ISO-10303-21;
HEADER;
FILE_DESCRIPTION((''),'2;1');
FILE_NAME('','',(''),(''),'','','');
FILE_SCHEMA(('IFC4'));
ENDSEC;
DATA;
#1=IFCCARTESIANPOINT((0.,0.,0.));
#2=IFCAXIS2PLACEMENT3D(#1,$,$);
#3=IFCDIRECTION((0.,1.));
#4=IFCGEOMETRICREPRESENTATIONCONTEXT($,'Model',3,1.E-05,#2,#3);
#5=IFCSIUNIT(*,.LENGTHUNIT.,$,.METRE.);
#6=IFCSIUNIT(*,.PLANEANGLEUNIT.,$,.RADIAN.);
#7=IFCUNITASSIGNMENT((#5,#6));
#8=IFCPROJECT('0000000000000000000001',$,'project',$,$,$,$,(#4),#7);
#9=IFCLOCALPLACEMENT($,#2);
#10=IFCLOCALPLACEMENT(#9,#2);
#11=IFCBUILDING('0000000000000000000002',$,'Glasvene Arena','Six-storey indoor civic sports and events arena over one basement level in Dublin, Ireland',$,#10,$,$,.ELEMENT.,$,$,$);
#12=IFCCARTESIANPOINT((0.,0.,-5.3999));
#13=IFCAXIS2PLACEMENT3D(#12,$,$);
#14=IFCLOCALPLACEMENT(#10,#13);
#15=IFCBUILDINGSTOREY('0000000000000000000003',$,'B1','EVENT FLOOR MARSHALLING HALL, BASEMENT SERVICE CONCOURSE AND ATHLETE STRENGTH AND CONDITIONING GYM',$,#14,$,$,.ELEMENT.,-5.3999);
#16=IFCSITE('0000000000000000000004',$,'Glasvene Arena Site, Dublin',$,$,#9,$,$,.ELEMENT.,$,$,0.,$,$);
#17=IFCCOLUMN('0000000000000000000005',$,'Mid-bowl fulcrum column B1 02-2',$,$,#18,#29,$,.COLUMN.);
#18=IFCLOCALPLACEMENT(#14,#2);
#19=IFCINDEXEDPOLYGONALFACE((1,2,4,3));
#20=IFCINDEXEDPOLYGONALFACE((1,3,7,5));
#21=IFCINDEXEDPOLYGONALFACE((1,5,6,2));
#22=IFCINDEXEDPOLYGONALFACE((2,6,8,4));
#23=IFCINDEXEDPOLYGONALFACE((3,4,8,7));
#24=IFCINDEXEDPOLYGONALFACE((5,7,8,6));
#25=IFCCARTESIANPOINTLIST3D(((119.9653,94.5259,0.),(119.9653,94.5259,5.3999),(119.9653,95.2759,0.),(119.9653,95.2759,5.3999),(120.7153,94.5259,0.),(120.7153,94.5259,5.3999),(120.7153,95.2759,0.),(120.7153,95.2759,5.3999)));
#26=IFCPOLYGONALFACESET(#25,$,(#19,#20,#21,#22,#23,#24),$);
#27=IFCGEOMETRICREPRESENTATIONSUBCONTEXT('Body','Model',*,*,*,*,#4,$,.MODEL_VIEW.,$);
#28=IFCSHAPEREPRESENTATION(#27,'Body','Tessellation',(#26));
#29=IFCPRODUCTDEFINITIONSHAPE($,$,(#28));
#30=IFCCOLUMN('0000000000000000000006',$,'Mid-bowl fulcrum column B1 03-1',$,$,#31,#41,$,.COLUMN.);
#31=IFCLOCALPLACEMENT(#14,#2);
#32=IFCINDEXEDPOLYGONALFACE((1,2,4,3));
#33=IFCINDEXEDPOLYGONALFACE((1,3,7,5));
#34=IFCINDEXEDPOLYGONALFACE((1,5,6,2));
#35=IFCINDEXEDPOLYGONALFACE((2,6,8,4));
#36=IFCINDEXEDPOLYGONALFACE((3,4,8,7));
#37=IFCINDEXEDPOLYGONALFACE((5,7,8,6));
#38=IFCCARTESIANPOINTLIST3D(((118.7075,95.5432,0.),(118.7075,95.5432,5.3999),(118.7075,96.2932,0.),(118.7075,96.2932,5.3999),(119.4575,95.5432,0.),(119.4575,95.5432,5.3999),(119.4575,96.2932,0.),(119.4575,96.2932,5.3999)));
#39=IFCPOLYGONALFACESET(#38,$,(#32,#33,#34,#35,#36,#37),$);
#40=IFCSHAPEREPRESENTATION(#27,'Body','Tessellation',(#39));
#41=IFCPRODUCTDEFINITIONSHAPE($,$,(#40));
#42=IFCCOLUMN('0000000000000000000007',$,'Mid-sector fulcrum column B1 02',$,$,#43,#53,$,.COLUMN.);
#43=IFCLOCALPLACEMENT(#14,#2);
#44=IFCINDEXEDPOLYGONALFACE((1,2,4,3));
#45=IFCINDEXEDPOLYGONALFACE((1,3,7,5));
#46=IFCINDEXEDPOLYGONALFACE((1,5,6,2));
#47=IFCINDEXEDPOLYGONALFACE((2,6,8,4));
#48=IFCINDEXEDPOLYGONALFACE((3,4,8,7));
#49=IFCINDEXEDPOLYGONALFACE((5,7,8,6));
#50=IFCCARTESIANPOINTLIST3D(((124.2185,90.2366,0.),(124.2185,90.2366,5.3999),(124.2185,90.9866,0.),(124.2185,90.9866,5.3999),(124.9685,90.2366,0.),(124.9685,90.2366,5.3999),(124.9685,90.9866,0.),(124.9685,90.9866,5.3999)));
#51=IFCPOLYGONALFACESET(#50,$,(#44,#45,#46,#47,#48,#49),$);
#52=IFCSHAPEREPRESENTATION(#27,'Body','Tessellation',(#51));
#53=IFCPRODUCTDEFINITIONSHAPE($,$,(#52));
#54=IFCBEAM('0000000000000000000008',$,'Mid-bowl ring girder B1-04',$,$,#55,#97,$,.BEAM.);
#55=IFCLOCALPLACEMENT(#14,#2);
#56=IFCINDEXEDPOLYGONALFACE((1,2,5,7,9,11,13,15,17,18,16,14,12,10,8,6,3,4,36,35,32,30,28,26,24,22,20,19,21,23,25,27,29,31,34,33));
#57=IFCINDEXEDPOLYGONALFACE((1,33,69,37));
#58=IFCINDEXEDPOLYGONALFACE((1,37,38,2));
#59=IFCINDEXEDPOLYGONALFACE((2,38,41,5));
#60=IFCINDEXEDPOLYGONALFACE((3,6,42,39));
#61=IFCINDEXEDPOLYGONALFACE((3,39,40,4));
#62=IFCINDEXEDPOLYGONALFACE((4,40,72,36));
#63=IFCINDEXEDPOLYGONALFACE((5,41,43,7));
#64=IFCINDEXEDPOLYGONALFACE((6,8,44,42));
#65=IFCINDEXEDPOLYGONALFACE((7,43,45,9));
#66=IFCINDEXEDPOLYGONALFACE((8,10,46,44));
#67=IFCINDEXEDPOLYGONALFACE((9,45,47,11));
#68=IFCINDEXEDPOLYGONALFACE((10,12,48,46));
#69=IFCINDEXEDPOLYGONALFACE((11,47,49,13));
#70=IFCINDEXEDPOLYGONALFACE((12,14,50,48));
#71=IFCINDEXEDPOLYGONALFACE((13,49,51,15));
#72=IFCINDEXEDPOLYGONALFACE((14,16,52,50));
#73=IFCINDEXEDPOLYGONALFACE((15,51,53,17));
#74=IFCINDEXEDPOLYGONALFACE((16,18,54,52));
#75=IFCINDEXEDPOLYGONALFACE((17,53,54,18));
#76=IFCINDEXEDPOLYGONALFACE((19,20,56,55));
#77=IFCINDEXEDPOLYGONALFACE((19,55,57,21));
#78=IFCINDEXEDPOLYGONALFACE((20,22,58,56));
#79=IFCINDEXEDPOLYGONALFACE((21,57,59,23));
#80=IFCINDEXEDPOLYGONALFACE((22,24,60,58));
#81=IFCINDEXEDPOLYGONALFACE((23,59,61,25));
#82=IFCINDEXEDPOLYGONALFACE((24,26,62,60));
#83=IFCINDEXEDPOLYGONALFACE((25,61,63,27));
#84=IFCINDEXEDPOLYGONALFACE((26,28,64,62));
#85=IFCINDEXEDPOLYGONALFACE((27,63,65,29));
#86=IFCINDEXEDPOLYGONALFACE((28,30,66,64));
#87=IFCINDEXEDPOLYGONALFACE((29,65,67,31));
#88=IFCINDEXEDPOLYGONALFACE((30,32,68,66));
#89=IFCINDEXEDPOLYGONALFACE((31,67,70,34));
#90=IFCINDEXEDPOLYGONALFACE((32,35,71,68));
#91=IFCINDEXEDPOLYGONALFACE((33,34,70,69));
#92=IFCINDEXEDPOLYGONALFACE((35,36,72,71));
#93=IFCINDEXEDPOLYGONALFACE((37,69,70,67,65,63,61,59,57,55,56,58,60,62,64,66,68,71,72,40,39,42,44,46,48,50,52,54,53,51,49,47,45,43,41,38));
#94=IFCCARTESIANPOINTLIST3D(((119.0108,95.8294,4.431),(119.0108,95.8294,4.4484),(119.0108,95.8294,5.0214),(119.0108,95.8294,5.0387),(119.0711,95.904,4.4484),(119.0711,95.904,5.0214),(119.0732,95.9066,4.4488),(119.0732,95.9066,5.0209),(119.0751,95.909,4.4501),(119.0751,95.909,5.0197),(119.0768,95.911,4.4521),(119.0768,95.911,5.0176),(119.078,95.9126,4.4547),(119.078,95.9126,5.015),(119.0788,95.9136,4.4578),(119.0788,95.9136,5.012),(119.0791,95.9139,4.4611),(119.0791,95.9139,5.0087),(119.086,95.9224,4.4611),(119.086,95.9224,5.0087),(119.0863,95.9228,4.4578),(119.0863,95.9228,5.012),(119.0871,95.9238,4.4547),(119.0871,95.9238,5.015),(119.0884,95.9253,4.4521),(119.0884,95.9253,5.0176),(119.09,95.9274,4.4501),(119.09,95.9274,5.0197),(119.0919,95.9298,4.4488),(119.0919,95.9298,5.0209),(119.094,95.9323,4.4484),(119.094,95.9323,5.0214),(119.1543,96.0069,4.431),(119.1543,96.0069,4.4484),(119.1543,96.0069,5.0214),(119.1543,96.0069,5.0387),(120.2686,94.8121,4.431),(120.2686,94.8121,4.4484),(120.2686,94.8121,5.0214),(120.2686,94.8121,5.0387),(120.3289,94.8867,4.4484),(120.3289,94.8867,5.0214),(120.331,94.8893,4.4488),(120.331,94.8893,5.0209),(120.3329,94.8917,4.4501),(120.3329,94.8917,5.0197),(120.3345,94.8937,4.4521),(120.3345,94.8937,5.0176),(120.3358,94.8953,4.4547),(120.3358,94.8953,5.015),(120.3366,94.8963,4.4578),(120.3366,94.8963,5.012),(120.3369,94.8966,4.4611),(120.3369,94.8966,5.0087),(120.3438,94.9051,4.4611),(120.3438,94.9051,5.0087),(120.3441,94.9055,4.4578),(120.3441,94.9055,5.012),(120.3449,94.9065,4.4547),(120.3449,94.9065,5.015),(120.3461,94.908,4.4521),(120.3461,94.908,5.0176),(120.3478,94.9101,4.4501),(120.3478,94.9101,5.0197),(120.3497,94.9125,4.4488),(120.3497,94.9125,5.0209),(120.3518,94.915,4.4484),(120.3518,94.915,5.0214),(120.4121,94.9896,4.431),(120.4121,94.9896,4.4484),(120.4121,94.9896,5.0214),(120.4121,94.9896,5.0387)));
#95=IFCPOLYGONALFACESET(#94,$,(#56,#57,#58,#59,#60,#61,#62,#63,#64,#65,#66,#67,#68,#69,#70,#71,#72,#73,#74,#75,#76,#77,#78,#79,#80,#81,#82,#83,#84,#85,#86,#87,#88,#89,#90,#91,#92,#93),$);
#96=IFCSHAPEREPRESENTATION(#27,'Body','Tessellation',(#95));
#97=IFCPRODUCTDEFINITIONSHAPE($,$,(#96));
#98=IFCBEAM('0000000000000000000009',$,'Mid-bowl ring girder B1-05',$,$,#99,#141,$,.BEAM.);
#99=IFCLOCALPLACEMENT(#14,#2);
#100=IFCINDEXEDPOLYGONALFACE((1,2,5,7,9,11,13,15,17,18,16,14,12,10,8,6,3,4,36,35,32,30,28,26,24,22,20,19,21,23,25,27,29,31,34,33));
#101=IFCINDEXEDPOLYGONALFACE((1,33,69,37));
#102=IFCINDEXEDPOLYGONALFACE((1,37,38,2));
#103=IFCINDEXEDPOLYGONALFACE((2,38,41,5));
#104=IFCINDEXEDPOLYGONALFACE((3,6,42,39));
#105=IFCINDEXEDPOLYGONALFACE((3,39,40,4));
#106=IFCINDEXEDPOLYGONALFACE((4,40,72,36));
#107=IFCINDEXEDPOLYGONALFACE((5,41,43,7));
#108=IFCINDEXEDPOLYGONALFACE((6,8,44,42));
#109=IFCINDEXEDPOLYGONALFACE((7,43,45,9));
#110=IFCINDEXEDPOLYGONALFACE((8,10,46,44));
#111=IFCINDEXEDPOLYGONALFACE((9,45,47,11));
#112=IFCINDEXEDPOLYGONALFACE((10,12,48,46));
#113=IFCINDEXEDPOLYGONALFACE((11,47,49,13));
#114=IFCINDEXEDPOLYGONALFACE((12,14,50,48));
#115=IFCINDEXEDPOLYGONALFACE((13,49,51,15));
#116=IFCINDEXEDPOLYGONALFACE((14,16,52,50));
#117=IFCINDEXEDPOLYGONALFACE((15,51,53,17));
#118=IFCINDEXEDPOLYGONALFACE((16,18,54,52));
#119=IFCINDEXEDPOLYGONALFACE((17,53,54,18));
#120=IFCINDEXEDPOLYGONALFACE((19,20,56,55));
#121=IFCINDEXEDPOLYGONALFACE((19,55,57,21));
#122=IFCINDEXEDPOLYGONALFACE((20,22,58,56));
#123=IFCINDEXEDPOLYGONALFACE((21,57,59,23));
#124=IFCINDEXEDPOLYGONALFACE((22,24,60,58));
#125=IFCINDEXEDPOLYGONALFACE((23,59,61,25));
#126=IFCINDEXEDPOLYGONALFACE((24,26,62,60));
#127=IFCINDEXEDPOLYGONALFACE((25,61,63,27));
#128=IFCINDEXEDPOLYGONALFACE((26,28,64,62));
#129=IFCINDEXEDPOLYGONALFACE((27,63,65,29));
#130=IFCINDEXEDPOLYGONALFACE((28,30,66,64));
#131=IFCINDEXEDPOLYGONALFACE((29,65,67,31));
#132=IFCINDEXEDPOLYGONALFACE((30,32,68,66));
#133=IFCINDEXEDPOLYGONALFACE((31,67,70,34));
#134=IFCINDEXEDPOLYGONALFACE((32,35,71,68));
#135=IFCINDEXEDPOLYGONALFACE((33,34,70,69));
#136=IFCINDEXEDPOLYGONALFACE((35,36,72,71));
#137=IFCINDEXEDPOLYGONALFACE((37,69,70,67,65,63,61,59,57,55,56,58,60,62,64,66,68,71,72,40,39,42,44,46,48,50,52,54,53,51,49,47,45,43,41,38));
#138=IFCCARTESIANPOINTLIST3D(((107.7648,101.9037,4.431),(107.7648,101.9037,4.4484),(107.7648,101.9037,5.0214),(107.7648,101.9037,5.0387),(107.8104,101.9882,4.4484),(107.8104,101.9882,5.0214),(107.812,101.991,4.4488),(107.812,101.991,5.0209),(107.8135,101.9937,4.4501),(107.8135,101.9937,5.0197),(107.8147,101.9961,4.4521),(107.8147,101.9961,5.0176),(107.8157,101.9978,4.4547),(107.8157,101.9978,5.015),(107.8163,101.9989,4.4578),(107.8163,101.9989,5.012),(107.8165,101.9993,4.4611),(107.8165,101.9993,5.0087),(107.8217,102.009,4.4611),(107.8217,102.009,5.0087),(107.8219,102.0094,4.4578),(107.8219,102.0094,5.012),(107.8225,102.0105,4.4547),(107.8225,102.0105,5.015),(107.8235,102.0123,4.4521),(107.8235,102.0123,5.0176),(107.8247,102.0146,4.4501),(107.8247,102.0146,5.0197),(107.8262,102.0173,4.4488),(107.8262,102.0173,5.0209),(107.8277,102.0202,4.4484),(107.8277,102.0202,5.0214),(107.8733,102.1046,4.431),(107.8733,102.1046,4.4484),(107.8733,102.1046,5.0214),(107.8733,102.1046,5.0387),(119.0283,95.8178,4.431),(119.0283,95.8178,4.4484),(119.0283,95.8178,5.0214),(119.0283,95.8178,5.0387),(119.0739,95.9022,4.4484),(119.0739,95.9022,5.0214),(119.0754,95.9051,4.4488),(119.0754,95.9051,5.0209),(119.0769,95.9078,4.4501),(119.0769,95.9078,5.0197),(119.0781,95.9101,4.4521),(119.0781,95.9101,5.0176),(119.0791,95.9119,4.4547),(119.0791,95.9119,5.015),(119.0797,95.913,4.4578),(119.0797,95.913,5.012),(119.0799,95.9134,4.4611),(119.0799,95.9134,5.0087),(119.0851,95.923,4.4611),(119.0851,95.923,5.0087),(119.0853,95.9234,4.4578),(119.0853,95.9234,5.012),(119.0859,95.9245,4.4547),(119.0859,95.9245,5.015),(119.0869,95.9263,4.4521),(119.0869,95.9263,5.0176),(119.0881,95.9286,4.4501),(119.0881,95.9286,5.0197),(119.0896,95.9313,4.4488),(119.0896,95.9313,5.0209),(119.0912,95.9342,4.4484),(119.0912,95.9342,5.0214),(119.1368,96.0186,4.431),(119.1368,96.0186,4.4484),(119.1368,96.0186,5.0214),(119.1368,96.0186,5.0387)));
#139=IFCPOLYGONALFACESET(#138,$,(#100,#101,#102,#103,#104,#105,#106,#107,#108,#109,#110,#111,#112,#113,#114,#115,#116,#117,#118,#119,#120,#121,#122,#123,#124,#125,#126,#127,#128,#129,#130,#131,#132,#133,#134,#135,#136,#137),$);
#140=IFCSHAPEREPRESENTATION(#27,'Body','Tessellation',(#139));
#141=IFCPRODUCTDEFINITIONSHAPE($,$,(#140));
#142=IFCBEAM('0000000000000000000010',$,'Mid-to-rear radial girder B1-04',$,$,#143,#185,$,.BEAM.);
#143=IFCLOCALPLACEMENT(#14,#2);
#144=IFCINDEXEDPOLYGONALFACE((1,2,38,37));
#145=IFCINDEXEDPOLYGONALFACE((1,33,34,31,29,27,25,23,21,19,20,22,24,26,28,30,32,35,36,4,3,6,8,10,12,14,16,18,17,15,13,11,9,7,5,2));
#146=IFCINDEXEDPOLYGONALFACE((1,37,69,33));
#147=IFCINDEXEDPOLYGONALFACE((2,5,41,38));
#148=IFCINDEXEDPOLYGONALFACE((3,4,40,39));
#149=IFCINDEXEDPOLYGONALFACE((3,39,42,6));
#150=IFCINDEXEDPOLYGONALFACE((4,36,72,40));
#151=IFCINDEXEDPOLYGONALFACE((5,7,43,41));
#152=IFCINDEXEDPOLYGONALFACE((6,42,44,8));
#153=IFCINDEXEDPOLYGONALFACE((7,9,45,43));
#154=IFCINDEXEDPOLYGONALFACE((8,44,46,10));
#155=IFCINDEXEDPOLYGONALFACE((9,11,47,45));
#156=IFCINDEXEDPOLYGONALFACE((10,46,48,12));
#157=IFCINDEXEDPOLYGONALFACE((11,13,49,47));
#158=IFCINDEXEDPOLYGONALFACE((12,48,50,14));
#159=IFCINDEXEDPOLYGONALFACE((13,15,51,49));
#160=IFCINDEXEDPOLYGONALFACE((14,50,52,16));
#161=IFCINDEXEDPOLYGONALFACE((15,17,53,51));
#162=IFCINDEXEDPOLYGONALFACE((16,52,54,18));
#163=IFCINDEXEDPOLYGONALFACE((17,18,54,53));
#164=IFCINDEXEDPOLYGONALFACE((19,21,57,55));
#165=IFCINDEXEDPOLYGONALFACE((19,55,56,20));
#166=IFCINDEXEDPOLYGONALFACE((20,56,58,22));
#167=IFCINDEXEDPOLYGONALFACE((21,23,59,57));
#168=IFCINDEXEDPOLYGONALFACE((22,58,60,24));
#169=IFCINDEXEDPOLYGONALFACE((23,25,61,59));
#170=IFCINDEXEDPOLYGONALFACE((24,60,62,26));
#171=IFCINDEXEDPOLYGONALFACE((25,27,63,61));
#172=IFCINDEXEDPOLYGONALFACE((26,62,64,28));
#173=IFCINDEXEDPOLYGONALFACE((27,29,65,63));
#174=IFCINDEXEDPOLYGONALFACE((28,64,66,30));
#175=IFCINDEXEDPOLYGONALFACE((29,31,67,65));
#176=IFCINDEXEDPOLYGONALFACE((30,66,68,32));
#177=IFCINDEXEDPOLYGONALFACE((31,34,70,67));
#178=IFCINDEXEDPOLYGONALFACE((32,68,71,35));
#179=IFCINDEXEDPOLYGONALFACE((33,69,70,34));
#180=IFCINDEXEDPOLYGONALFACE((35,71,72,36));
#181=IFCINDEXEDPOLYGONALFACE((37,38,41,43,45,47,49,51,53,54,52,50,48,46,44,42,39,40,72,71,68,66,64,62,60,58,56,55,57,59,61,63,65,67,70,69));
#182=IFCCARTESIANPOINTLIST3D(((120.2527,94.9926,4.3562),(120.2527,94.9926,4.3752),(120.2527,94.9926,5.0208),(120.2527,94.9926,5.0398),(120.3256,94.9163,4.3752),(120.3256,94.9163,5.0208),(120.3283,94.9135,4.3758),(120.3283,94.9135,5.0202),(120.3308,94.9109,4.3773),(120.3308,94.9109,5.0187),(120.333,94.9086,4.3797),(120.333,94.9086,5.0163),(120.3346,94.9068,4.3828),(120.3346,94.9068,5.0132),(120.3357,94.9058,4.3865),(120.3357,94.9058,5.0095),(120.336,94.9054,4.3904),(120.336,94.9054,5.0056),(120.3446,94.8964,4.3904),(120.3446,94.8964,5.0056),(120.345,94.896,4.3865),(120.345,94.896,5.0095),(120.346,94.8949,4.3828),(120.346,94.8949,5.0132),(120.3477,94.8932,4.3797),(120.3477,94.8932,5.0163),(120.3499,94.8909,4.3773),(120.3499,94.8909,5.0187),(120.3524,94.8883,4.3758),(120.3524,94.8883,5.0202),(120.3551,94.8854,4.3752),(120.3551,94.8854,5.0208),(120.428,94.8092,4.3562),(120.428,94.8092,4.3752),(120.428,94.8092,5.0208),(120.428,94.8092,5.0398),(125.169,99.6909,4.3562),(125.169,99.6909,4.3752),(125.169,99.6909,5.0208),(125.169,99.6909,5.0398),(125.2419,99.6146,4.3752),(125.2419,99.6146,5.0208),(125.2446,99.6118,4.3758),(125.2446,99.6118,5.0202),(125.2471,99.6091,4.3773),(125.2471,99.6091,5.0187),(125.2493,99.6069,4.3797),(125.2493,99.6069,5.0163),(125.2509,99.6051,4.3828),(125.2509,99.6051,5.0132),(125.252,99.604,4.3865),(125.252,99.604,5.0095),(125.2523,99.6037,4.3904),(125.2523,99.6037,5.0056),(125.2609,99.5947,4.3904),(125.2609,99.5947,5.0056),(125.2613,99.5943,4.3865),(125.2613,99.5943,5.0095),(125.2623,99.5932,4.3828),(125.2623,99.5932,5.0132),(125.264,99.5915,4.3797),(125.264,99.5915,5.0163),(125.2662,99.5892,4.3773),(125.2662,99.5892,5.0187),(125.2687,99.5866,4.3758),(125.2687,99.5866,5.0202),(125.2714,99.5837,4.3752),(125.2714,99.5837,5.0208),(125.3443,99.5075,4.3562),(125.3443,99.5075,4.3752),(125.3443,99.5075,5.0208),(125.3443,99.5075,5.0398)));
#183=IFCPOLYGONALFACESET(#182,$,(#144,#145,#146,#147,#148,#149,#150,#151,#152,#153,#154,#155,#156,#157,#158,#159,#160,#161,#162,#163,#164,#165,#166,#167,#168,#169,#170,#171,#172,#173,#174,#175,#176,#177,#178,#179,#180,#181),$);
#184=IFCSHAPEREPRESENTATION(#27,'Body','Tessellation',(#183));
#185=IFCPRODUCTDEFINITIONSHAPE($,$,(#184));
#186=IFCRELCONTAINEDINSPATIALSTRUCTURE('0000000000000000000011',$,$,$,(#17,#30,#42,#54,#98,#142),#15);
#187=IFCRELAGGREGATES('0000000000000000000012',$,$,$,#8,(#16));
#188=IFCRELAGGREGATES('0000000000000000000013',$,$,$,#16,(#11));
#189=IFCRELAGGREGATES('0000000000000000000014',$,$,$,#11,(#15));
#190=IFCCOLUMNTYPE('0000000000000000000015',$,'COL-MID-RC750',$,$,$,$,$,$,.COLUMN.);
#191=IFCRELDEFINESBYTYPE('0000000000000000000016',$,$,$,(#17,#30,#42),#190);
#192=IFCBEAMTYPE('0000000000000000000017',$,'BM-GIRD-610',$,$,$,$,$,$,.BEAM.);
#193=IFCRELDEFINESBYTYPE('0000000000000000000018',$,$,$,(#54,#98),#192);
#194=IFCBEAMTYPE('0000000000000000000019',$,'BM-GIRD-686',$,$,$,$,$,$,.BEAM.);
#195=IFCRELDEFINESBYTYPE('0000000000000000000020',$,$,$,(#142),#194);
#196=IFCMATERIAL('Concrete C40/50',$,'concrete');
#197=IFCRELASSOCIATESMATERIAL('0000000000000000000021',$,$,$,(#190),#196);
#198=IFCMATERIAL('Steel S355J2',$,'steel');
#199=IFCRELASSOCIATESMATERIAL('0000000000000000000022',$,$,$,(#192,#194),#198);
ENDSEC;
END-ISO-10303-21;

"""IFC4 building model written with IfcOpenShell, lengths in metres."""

from ifc_helpers import new_model, si_unit, direction, frame, origin, origin_2d, place, context, subcontext, project, spatial, rectangle, i_section, extrude, material, material_profile, profile_set, type_object, element, save


model = new_model("IFC4")

# Units and contexts
model_context = context("Model", 3, precision=1e-05, world=origin(), true_north=direction((0.0, 1.0)))
body_context = subcontext(model_context, "Body", "Model", "MODEL_VIEW")
ifc_project = project(units=[si_unit("LENGTHUNIT", "METRE"), si_unit("PLANEANGLEUNIT", "RADIAN")], contexts=[model_context])

# Site, building, storey
site_placement = place(None, origin())
site = spatial("IfcSite", under=ifc_project, at=site_placement, Name="Glasvene Arena Site, Dublin", CompositionType="ELEMENT", RefElevation=0.0)
building_placement = place(site_placement, origin())
building = spatial("IfcBuilding", under=site, at=building_placement, Name="Glasvene Arena", Description="Six-storey indoor civic sports and events arena over one basement level in Dublin, Ireland", CompositionType="ELEMENT")
storey_placement = place(building_placement, frame((0.0, 0.0, -5.3999)))
storey = spatial("IfcBuildingStorey", under=building, at=storey_placement, Name="B1", Description="EVENT FLOOR MARSHALLING HALL, BASEMENT SERVICE CONCOURSE AND ATHLETE STRENGTH AND CONDITIONING GYM", CompositionType="ELEMENT", Elevation=-5.3999)

# Shared definitions
ifc_material_1 = material(Name="Concrete C40/50", Category="concrete")

# Columns
ifc_material_profile_1 = material_profile(ifc_material_1, rectangle(XDim=0.75, YDim=0.75, at=origin_2d()), Name="RC 750x750")
ifc_profile_set_1 = profile_set([ifc_material_profile_1], Name="Concrete C40/50")
column_type_1 = type_object("IfcColumnType", Name="COL-MID-RC750", PredefinedType="COLUMN", material=ifc_profile_set_1)
for number, where, z_axis, x_axis, name in (
    (1, (120.3403, 94.9009, 0.0), (0.0, 0.0, 1.0), (1.0, 0.0, 0.0), "Mid-bowl fulcrum column B1 02-2"),
    (2, (119.0825, 95.9182, 0.0), (0.0, 0.0, 1.0), (1.0, 0.0, 0.0), "Mid-bowl fulcrum column B1 03-1"),
    (3, (124.5935, 90.6116, 0.0), (0.0, 0.0, 1.0), (1.0, 0.0, 0.0), "Mid-sector fulcrum column B1 02"),
):
    element("IfcColumn", number, at=place(storey_placement, frame(where, z_axis=z_axis, x_axis=x_axis)), inside=storey, type_object=column_type_1, Name=name, PredefinedType="COLUMN", context=body_context, shape_type="SweptSolid", body=[
        extrude(rectangle(XDim=0.75, YDim=0.75, at=origin_2d()), origin(), (0.0, 0.0, 1.0), 5.3999),
    ])

# Beams
ifc_material_2 = material(Name="Steel S355J2", Category="steel")
ifc_material_profile_2 = material_profile(ifc_material_2, i_section(OverallWidth=0.2283, OverallDepth=0.6077, WebThickness=0.011, FlangeThickness=0.0173, FilletRadius=0.0127, at=origin_2d()), Name="UKB 610x229x113")
ifc_profile_set_2 = profile_set([ifc_material_profile_2], Name="Steel S355J2")
beam_type_1 = type_object("IfcBeamType", Name="BM-GIRD-610", PredefinedType="BEAM", material=ifc_profile_set_2)
beam_1_placement = place(storey_placement, frame((120.3403, 94.9009, 4.7349), z_axis=(-0.777515, 0.628864, 0.0), x_axis=(-0.628864, -0.777515, 0.0)))
element("IfcBeam", 4, at=beam_1_placement, inside=storey, type_object=beam_type_1, Name="Mid-bowl ring girder B1-04", PredefinedType="BEAM", context=body_context, shape_type="SweptSolid", body=[
    extrude(i_section(OverallWidth=0.2283, OverallDepth=0.6077, WebThickness=0.011, FlangeThickness=0.0173, FilletRadius=0.0127, at=origin_2d()), origin(), (0.0, 0.0, 1.0), 1.6177),
])
beam_2_placement = place(storey_placement, frame((119.0825, 95.9182, 4.7349), z_axis=(-0.879785, 0.475372, 0.0), x_axis=(-0.475372, -0.879785, 0.0)))
element("IfcBeam", 5, at=beam_2_placement, inside=storey, type_object=beam_type_1, Name="Mid-bowl ring girder B1-05", PredefinedType="BEAM", context=body_context, shape_type="SweptSolid", body=[
    extrude(i_section(OverallWidth=0.2283, OverallDepth=0.6077, WebThickness=0.011, FlangeThickness=0.0173, FilletRadius=0.0127, at=origin_2d()), origin(), (0.0, 0.0, 1.0), 12.8025),
])
ifc_material_profile_3 = material_profile(ifc_material_2, i_section(OverallWidth=0.2537, OverallDepth=0.6836, WebThickness=0.0125, FlangeThickness=0.019, FilletRadius=0.0151, at=origin_2d()), Name="UKB 686x254x140")
ifc_profile_set_3 = profile_set([ifc_material_profile_3], Name="Steel S355J2")
beam_type_2 = type_object("IfcBeamType", Name="BM-GIRD-686", PredefinedType="BEAM", material=ifc_profile_set_3)
beam_3_placement = place(storey_placement, frame((120.3403, 94.9009, 4.698), z_axis=(0.722955, 0.690895, 0.0), x_axis=(-0.690895, 0.722955, 0.0)))
element("IfcBeam", 6, at=beam_3_placement, inside=storey, type_object=beam_type_2, Name="Mid-to-rear radial girder B1-04", PredefinedType="BEAM", context=body_context, shape_type="SweptSolid", body=[
    extrude(i_section(OverallWidth=0.2537, OverallDepth=0.6836, WebThickness=0.0125, FlangeThickness=0.019, FilletRadius=0.0151, at=origin_2d()), origin(), (0.0, 0.0, 1.0), 6.8003),
])

save(model, "model.ifc")
